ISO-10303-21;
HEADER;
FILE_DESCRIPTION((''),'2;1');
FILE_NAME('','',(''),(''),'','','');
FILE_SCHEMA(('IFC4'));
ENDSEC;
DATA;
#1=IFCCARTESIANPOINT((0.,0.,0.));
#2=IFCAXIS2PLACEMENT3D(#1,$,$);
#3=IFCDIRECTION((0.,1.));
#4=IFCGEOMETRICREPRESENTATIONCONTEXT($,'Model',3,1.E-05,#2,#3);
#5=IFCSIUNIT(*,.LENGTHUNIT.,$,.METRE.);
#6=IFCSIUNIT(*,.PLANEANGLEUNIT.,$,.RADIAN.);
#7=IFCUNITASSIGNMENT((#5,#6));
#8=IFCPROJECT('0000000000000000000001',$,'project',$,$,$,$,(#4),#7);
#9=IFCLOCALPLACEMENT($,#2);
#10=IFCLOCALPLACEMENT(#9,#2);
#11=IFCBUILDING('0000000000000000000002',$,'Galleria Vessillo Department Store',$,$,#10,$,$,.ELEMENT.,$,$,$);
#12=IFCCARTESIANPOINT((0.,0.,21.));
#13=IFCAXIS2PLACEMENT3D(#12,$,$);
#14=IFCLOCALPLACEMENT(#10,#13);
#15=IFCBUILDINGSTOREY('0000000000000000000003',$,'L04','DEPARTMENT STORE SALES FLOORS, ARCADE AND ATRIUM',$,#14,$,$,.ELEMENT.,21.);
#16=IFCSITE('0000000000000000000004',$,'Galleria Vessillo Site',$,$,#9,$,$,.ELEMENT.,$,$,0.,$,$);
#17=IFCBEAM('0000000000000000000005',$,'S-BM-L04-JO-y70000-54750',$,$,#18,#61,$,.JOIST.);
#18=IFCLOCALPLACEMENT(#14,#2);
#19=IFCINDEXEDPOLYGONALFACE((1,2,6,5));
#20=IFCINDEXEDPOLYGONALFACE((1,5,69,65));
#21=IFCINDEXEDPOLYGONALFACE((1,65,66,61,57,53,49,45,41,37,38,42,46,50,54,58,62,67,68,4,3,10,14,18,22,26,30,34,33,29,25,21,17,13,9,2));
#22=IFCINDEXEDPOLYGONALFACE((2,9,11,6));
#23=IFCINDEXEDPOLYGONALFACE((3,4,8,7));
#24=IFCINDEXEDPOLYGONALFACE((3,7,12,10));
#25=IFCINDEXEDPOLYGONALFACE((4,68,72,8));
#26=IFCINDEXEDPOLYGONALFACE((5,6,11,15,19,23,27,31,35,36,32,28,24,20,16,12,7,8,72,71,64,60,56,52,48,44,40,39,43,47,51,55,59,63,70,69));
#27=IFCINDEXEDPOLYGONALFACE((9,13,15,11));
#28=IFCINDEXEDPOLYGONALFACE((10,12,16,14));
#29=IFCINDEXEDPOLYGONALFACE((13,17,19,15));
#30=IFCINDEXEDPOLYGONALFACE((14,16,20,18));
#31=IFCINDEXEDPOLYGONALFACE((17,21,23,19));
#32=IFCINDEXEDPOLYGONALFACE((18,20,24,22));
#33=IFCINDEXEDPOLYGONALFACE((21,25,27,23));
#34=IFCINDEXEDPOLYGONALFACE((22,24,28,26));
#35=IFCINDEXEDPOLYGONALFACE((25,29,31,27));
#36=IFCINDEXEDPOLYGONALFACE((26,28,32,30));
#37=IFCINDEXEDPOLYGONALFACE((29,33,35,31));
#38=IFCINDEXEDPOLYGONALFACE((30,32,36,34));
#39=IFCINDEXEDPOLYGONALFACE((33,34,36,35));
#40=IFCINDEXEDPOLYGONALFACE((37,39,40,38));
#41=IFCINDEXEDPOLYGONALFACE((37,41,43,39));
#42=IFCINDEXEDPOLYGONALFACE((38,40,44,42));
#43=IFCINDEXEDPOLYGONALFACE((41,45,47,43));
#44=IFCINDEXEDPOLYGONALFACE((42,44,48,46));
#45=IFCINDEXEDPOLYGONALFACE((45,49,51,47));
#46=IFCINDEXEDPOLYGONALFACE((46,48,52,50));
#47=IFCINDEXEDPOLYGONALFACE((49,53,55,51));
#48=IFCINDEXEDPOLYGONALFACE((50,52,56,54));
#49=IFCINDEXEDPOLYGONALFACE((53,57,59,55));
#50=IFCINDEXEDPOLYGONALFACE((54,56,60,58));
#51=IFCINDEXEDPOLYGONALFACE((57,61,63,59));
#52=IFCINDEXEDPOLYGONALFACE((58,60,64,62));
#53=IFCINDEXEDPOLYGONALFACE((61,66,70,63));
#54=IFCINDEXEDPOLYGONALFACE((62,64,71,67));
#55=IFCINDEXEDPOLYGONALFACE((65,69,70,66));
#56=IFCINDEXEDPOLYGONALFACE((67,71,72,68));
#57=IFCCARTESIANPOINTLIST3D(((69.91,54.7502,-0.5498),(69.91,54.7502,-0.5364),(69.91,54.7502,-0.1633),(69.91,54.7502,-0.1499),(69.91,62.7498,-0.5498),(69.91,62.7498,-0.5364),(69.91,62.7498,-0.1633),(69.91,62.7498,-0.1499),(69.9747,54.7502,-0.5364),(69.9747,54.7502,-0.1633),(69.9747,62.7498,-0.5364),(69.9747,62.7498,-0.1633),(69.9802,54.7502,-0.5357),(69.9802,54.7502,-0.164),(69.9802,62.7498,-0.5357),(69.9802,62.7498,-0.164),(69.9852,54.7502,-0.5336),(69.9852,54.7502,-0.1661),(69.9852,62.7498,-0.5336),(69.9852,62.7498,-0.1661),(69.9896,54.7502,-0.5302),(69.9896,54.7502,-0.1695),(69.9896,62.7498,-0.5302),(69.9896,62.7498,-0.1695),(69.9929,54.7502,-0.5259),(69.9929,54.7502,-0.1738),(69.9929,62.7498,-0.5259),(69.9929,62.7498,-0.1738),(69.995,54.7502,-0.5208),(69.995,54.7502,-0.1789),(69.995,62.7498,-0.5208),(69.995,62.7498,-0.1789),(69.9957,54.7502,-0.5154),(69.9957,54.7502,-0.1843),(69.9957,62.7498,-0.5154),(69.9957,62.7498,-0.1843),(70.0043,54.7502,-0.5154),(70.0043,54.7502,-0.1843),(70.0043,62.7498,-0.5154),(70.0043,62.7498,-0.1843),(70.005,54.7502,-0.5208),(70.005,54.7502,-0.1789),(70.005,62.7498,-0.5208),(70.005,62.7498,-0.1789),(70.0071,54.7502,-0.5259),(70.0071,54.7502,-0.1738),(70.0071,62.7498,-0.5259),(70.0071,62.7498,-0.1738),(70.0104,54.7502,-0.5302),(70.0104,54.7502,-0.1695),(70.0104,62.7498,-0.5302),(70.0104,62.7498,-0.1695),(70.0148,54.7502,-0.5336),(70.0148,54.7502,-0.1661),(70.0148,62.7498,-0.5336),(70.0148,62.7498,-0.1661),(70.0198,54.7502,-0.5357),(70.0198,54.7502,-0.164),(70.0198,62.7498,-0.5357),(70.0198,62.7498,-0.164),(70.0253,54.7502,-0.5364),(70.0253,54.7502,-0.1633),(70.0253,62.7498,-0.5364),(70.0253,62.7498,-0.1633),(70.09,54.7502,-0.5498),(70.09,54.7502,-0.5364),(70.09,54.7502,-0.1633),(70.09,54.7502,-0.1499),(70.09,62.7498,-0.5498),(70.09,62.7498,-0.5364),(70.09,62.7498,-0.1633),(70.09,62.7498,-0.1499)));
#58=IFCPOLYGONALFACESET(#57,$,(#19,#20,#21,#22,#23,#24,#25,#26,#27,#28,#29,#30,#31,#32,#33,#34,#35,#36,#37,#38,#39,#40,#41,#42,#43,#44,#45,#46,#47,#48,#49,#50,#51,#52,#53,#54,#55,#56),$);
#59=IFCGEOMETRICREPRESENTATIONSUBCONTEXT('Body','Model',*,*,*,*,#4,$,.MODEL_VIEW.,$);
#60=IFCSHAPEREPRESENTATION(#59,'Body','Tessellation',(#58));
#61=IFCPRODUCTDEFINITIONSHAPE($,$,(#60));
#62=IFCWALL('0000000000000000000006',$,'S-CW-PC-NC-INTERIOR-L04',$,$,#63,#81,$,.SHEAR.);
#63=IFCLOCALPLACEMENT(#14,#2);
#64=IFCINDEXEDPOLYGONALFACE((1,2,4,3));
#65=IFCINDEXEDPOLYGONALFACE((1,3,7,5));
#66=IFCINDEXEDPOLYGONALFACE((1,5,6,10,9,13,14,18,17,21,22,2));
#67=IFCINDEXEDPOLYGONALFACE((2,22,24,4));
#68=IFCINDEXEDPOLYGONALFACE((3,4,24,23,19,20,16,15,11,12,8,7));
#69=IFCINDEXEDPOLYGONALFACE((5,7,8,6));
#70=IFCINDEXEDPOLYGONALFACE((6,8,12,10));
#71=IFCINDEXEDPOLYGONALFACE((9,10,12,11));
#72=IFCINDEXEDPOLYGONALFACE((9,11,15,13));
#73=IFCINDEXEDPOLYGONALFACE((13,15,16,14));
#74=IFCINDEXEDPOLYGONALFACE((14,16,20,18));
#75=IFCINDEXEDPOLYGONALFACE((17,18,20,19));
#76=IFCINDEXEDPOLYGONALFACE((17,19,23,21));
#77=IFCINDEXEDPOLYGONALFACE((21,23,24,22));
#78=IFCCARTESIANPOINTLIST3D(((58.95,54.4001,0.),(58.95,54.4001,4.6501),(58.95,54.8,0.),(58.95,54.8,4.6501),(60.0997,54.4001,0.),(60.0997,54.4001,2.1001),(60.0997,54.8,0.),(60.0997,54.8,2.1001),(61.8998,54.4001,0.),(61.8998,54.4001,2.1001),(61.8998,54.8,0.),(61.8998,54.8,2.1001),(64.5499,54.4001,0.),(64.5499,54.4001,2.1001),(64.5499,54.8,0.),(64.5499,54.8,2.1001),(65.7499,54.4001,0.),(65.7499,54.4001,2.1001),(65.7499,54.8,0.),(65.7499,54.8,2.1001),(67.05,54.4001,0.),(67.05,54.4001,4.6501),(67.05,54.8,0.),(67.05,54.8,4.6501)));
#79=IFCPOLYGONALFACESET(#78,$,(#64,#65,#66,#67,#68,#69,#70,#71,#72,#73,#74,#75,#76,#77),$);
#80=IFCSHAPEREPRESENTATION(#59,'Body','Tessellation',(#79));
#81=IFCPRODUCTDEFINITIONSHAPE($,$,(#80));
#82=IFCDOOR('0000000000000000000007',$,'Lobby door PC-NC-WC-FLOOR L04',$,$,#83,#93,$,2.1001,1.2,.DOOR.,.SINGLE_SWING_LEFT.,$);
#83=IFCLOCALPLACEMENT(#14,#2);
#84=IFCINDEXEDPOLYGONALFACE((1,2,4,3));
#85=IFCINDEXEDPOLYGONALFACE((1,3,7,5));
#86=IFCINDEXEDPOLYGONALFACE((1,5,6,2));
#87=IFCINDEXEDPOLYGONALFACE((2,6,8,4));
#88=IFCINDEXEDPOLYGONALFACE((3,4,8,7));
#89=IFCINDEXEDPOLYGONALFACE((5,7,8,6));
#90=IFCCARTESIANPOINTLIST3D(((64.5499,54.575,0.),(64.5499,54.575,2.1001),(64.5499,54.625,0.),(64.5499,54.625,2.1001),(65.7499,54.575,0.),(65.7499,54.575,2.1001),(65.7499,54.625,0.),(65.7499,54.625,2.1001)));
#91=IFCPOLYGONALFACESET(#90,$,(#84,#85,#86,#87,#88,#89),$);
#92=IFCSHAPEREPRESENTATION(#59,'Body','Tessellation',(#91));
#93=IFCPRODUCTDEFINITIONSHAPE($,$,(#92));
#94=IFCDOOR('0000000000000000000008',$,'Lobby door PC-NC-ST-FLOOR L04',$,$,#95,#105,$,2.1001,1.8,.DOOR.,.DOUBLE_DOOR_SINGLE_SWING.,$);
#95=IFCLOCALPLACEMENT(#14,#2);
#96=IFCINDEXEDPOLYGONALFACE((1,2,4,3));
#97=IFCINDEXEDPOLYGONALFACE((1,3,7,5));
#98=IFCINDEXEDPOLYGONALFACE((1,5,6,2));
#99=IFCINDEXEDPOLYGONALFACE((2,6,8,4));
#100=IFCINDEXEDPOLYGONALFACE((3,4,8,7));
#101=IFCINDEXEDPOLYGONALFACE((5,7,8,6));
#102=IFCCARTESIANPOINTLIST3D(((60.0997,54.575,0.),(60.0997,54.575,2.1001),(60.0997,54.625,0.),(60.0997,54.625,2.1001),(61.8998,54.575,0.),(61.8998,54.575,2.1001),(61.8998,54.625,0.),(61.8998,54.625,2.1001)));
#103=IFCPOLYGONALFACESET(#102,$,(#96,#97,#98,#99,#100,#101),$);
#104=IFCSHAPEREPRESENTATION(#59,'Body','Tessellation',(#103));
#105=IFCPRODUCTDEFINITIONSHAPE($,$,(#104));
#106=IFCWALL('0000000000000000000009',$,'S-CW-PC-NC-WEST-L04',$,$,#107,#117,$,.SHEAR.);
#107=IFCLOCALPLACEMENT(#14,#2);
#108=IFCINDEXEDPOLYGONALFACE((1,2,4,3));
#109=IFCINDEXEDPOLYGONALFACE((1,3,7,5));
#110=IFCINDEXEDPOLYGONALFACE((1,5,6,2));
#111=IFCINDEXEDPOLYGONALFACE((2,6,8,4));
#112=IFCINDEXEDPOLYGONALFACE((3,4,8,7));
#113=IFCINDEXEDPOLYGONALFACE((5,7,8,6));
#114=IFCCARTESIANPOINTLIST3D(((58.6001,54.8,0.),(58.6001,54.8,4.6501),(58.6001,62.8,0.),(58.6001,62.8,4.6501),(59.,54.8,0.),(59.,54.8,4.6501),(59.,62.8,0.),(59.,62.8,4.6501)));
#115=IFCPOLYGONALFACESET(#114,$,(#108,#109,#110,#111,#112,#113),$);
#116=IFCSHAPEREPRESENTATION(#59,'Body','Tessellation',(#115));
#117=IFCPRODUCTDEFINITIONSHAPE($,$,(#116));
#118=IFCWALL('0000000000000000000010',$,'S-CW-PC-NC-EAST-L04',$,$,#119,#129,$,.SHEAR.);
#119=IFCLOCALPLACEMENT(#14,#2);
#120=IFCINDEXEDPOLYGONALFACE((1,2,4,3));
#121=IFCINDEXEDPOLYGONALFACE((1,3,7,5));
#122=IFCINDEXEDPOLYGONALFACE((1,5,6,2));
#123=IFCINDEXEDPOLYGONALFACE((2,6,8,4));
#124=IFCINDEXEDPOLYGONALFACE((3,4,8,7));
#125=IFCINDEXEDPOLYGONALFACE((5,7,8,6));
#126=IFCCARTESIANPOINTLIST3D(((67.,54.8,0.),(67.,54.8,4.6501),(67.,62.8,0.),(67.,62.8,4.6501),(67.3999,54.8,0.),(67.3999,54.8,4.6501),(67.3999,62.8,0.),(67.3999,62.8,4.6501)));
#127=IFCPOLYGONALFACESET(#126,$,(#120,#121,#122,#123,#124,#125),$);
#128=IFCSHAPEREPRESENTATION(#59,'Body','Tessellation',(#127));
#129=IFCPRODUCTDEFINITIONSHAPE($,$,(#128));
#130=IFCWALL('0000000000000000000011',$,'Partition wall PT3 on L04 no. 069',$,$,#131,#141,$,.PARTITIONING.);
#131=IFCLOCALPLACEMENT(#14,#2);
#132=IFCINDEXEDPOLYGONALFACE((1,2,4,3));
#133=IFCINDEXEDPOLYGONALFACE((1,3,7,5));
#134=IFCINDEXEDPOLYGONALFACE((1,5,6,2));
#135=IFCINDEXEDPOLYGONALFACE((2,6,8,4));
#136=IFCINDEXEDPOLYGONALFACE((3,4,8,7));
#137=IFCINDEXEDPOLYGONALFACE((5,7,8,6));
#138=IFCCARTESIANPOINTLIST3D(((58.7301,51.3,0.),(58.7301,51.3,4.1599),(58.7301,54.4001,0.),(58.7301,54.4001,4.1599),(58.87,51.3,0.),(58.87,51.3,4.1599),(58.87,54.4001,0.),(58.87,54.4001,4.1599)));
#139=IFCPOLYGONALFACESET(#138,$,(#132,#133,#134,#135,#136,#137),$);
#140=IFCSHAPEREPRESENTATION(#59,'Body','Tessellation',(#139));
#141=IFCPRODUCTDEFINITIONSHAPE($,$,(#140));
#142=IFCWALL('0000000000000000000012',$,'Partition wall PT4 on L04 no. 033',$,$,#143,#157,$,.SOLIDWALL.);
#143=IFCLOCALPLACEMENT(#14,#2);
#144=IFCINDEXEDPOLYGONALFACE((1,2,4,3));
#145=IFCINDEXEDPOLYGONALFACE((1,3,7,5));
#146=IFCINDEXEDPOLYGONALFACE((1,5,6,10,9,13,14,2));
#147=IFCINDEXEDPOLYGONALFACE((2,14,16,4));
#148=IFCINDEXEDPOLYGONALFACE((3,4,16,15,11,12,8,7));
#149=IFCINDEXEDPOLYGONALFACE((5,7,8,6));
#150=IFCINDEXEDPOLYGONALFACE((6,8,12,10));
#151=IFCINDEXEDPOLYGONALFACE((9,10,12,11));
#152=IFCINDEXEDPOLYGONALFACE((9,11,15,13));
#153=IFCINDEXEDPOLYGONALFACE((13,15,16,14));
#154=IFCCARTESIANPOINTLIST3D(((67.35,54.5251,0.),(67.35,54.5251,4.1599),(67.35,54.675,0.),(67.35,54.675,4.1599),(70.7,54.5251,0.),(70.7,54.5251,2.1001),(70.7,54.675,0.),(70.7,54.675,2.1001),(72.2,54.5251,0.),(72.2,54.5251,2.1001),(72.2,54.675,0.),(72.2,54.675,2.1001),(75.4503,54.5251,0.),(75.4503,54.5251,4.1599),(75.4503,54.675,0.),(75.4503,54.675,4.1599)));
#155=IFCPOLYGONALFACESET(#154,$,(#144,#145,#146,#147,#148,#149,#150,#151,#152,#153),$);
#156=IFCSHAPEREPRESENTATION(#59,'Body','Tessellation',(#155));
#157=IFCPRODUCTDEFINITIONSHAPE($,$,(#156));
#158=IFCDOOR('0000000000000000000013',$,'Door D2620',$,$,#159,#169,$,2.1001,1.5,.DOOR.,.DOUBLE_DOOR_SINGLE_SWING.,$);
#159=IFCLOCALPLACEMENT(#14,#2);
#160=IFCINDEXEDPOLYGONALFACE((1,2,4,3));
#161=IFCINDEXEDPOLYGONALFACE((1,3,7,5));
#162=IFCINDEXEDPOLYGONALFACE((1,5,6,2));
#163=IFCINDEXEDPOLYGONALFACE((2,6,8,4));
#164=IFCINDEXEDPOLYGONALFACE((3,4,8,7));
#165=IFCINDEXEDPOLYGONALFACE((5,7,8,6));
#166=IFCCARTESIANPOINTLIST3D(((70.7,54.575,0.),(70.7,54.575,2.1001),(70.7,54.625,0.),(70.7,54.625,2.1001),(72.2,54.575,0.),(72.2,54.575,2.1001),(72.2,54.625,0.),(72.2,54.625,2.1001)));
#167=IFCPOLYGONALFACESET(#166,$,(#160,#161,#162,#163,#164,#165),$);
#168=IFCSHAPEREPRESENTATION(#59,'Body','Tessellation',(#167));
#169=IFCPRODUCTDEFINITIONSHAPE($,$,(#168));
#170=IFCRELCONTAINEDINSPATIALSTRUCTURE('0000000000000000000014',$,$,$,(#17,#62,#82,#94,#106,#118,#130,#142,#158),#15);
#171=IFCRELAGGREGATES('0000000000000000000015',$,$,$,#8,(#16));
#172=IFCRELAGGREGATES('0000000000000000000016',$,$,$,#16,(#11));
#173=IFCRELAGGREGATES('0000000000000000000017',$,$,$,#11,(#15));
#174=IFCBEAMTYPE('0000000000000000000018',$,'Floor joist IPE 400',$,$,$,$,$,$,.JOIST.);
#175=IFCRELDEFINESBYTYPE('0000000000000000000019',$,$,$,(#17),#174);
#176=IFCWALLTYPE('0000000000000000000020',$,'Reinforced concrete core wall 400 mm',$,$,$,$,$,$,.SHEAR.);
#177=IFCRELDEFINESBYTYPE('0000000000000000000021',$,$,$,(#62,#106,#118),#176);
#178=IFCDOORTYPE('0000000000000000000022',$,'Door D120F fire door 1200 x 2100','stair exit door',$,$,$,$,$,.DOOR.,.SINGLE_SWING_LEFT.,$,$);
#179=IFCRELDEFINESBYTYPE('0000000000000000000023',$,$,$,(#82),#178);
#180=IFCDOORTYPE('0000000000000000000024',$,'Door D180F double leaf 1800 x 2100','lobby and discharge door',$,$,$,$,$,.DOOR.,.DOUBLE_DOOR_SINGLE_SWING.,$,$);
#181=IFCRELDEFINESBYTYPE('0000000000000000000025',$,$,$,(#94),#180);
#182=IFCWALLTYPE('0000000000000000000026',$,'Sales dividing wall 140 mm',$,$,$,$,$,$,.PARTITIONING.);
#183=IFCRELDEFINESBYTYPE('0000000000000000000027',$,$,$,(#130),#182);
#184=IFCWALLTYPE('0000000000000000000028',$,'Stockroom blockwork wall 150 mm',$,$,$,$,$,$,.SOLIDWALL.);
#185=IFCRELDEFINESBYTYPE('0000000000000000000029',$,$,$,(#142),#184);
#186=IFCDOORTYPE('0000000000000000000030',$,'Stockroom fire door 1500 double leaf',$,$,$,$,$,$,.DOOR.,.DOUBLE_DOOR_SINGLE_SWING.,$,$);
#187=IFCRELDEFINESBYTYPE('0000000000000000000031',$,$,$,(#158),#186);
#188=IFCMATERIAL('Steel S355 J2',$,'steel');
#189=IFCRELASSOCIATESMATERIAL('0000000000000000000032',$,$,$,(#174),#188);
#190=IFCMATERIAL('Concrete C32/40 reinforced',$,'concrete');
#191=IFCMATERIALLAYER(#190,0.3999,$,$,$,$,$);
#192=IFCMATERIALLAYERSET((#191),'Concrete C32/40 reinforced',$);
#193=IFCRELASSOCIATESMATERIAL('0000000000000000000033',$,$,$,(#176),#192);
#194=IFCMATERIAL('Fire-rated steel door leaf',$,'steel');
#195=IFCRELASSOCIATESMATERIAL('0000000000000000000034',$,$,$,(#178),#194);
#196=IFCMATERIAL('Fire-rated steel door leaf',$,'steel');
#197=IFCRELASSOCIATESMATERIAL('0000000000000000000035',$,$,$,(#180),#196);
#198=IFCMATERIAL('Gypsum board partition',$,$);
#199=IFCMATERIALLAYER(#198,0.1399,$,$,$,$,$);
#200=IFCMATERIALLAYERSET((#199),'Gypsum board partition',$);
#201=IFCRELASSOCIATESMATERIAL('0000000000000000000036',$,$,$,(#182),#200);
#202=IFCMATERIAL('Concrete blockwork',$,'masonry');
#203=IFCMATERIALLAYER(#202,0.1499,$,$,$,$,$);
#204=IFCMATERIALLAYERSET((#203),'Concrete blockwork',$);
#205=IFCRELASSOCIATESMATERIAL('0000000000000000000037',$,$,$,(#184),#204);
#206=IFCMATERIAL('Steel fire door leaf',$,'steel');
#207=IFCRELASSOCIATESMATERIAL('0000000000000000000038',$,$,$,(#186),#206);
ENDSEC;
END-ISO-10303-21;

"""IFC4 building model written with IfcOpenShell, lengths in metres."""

from ifc_helpers import new_model, si_unit, direction, frame, frame_2d, origin, origin_2d, place, context, subcontext, project, spatial, rectangle, i_section, extrude, material, layer, layer_set, material_profile, profile_set, type_object, element, fill, save


model = new_model("IFC4")

# Units and contexts
model_context = context("Model", 3, precision=1e-05, world=origin(), true_north=direction((0.0, 1.0)))
body_context = subcontext(model_context, "Body", "Model", "MODEL_VIEW")
ifc_project = project(units=[si_unit("LENGTHUNIT", "METRE"), si_unit("PLANEANGLEUNIT", "RADIAN")], contexts=[model_context])

# Site, building, storey
site_placement = place(None, origin())
site = spatial("IfcSite", under=ifc_project, at=site_placement, Name="Galleria Vessillo Site", CompositionType="ELEMENT", RefElevation=0.0)
building_placement = place(site_placement, origin())
building = spatial("IfcBuilding", under=site, at=building_placement, Name="Galleria Vessillo Department Store", CompositionType="ELEMENT")
storey_placement = place(building_placement, frame((0.0, 0.0, 21.0)))
storey = spatial("IfcBuildingStorey", under=building, at=storey_placement, Name="L04", Description="DEPARTMENT STORE SALES FLOORS, ARCADE AND ATRIUM", CompositionType="ELEMENT", Elevation=21.0)

# Beam
ifc_material_1 = material(Name="Steel S355 J2", Category="steel")
ifc_material_profile_1 = material_profile(ifc_material_1, i_section(OverallWidth=0.1799, OverallDepth=0.3999, WebThickness=0.0085, FlangeThickness=0.0134, FilletRadius=0.021, at=origin_2d()), Name="IPE 400")
ifc_profile_set_1 = profile_set([ifc_material_profile_1], Name="Steel S355 J2")
beam_type_1 = type_object("IfcBeamType", Name="Floor joist IPE 400", PredefinedType="JOIST", material=ifc_profile_set_1)
beam_1_placement = place(storey_placement, frame((70.0, 54.7502, -0.3499), z_axis=(0.0, 1.0, 0.0), x_axis=(-1.0, 0.0, 0.0)))
element("IfcBeam", 1, at=beam_1_placement, inside=storey, type_object=beam_type_1, Name="S-BM-L04-JO-y70000-54750", PredefinedType="JOIST", context=body_context, shape_type="SweptSolid", body=[
    extrude(i_section(OverallWidth=0.1799, OverallDepth=0.3999, WebThickness=0.0085, FlangeThickness=0.0134, FilletRadius=0.021, at=origin_2d()), origin(), (0.0, 0.0, 1.0), 7.9995),
])

# Wall, openings, doors
ifc_material_2 = material(Name="Concrete C32/40 reinforced", Category="concrete")
ifc_layer_1 = layer(ifc_material_2, 0.3999)
ifc_layer_set_1 = layer_set([ifc_layer_1], Name="Concrete C32/40 reinforced")
wall_type_1 = type_object("IfcWallType", Name="Reinforced concrete core wall 400 mm", PredefinedType="SHEAR", material=ifc_layer_set_1)
wall_1_placement = place(storey_placement, frame((58.95, 54.6001, 0.0), z_axis=(0.0, 0.0, 1.0), x_axis=(1.0, 0.0, 0.0)))
wall_1 = element("IfcWall", 2, at=wall_1_placement, inside=storey, type_object=wall_type_1, Name="S-CW-PC-NC-INTERIOR-L04", PredefinedType="SHEAR", context=body_context, shape_type="SweptSolid", body=[
    extrude(rectangle(XDim=8.1001, YDim=0.3999, at=frame_2d((4.05, 0.0))), origin(), (0.0, 0.0, 1.0), 4.6501),
])
opening_1_placement = place(wall_1_placement, frame((1.1499, 0.0, 0.0)))
opening_1 = element("IfcOpeningElement", 3, at=opening_1_placement, cuts=wall_1, PredefinedType="OPENING", context=body_context, shape_type="SweptSolid", body=[
    extrude(rectangle(XDim=1.8, YDim=2.1001, at=frame_2d((0.8999, 1.05))), frame((0.0, 0.21, 0.0), z_axis=(0.0, -1.0, 0.0), x_axis=(1.0, 0.0, 0.0)), (0.0, 0.0, 1.0), 0.4199),
])
opening_2_placement = place(wall_1_placement, frame((5.5999, 0.0, 0.0)))
opening_2 = element("IfcOpeningElement", 4, at=opening_2_placement, cuts=wall_1, PredefinedType="OPENING", context=body_context, shape_type="SweptSolid", body=[
    extrude(rectangle(XDim=1.2, YDim=2.1001, at=frame_2d((0.6001, 1.05))), frame((0.0, 0.21, 0.0), z_axis=(0.0, -1.0, 0.0), x_axis=(1.0, 0.0, 0.0)), (0.0, 0.0, 1.0), 0.4199),
])
ifc_material_3 = material(Name="Fire-rated steel door leaf", Category="steel")
door_type_1 = type_object("IfcDoorType", Name="Door D120F fire door 1200 x 2100", Description="stair exit door", OperationType="SINGLE_SWING_LEFT", PredefinedType="DOOR", material=ifc_material_3)
door_1_placement = place(opening_2_placement, origin())
door_1 = element("IfcDoor", 5, at=door_1_placement, inside=storey, type_object=door_type_1, Name="Lobby door PC-NC-WC-FLOOR L04", OperationType="SINGLE_SWING_LEFT", OverallHeight=2.1001, OverallWidth=1.2, PredefinedType="DOOR", context=body_context, shape_type="SweptSolid", body=[
    extrude(rectangle(XDim=1.2, YDim=2.1001, at=frame_2d((0.6001, 1.05))), frame((0.0, 0.0249, 0.0), z_axis=(0.0, -1.0, 0.0), x_axis=(1.0, 0.0, 0.0)), (0.0, 0.0, 1.0), 0.05),
])
fill(opening_2, door_1)
ifc_material_4 = material(Name="Fire-rated steel door leaf", Category="steel")
door_type_2 = type_object("IfcDoorType", Name="Door D180F double leaf 1800 x 2100", Description="lobby and discharge door", OperationType="DOUBLE_DOOR_SINGLE_SWING", PredefinedType="DOOR", material=ifc_material_4)
door_2_placement = place(opening_1_placement, origin())
door_2 = element("IfcDoor", 6, at=door_2_placement, inside=storey, type_object=door_type_2, Name="Lobby door PC-NC-ST-FLOOR L04", OperationType="DOUBLE_DOOR_SINGLE_SWING", OverallHeight=2.1001, OverallWidth=1.8, PredefinedType="DOOR", context=body_context, shape_type="SweptSolid", body=[
    extrude(rectangle(XDim=1.8, YDim=2.1001, at=frame_2d((0.8999, 1.05))), frame((0.0, 0.0249, 0.0), z_axis=(0.0, -1.0, 0.0), x_axis=(1.0, 0.0, 0.0)), (0.0, 0.0, 1.0), 0.05),
])
fill(opening_1, door_2)

# Walls
for number, where, z_axis, x_axis, name in (
    (7, (58.8, 54.8, 0.0), (0.0, 0.0, 1.0), (0.0, 1.0, 0.0), "S-CW-PC-NC-WEST-L04"),
    (8, (67.2, 54.8, 0.0), (0.0, 0.0, 1.0), (0.0, 1.0, 0.0), "S-CW-PC-NC-EAST-L04"),
):
    element("IfcWall", number, at=place(storey_placement, frame(where, z_axis=z_axis, x_axis=x_axis)), inside=storey, type_object=wall_type_1, Name=name, PredefinedType="SHEAR", context=body_context, shape_type="SweptSolid", body=[
        extrude(rectangle(XDim=8.0, YDim=0.3999, at=frame_2d((4.0, 0.0))), origin(), (0.0, 0.0, 1.0), 4.6501),
    ])
ifc_material_5 = material(Name="Gypsum board partition")
ifc_layer_2 = layer(ifc_material_5, 0.1399)
ifc_layer_set_2 = layer_set([ifc_layer_2], Name="Gypsum board partition")
wall_type_2 = type_object("IfcWallType", Name="Sales dividing wall 140 mm", PredefinedType="PARTITIONING", material=ifc_layer_set_2)
wall_2_placement = place(storey_placement, frame((58.8, 51.3, 0.0), z_axis=(0.0, 0.0, 1.0), x_axis=(0.0, 1.0, 0.0)))
element("IfcWall", 9, at=wall_2_placement, inside=storey, type_object=wall_type_2, Name="Partition wall PT3 on L04 no. 069", PredefinedType="PARTITIONING", context=body_context, shape_type="SweptSolid", body=[
    extrude(rectangle(XDim=3.1001, YDim=0.1399, at=frame_2d((1.55, 0.0))), origin(), (0.0, 0.0, 1.0), 4.1599),
])

# Wall, opening, door
ifc_material_6 = material(Name="Concrete blockwork", Category="masonry")
ifc_layer_3 = layer(ifc_material_6, 0.1499)
ifc_layer_set_3 = layer_set([ifc_layer_3], Name="Concrete blockwork")
wall_type_3 = type_object("IfcWallType", Name="Stockroom blockwork wall 150 mm", PredefinedType="SOLIDWALL", material=ifc_layer_set_3)
wall_3_placement = place(storey_placement, frame((67.3499, 54.6001, 0.0), z_axis=(0.0, 0.0, 1.0), x_axis=(1.0, 0.0, 0.0)))
wall_3 = element("IfcWall", 10, at=wall_3_placement, inside=storey, type_object=wall_type_3, Name="Partition wall PT4 on L04 no. 033", PredefinedType="SOLIDWALL", context=body_context, shape_type="SweptSolid", body=[
    extrude(rectangle(XDim=8.1003, YDim=0.1499, at=frame_2d((4.0503, 0.0))), origin(), (0.0, 0.0, 1.0), 4.1599),
])
opening_3_placement = place(wall_3_placement, frame((3.3501, 0.0, 0.0)))
opening_3 = element("IfcOpeningElement", 11, at=opening_3_placement, cuts=wall_3, PredefinedType="OPENING", context=body_context, shape_type="SweptSolid", body=[
    extrude(rectangle(XDim=1.5, YDim=2.1001, at=frame_2d((0.75, 1.05))), frame((0.0, 0.085, 0.0), z_axis=(0.0, -1.0, 0.0), x_axis=(1.0, 0.0, 0.0)), (0.0, 0.0, 1.0), 0.1699),
])
ifc_material_7 = material(Name="Steel fire door leaf", Category="steel")
door_type_3 = type_object("IfcDoorType", Name="Stockroom fire door 1500 double leaf", OperationType="DOUBLE_DOOR_SINGLE_SWING", PredefinedType="DOOR", material=ifc_material_7)
door_3_placement = place(opening_3_placement, origin())
door_3 = element("IfcDoor", 12, at=door_3_placement, inside=storey, type_object=door_type_3, Name="Door D2620", OperationType="DOUBLE_DOOR_SINGLE_SWING", OverallHeight=2.1001, OverallWidth=1.5, PredefinedType="DOOR", context=body_context, shape_type="SweptSolid", body=[
    extrude(rectangle(XDim=1.5, YDim=2.1001, at=frame_2d((0.75, 1.05))), frame((0.0, 0.0249, 0.0), z_axis=(0.0, -1.0, 0.0), x_axis=(1.0, 0.0, 0.0)), (0.0, 0.0, 1.0), 0.05),
])
fill(opening_3, door_3)

save(model, "model.ifc")
